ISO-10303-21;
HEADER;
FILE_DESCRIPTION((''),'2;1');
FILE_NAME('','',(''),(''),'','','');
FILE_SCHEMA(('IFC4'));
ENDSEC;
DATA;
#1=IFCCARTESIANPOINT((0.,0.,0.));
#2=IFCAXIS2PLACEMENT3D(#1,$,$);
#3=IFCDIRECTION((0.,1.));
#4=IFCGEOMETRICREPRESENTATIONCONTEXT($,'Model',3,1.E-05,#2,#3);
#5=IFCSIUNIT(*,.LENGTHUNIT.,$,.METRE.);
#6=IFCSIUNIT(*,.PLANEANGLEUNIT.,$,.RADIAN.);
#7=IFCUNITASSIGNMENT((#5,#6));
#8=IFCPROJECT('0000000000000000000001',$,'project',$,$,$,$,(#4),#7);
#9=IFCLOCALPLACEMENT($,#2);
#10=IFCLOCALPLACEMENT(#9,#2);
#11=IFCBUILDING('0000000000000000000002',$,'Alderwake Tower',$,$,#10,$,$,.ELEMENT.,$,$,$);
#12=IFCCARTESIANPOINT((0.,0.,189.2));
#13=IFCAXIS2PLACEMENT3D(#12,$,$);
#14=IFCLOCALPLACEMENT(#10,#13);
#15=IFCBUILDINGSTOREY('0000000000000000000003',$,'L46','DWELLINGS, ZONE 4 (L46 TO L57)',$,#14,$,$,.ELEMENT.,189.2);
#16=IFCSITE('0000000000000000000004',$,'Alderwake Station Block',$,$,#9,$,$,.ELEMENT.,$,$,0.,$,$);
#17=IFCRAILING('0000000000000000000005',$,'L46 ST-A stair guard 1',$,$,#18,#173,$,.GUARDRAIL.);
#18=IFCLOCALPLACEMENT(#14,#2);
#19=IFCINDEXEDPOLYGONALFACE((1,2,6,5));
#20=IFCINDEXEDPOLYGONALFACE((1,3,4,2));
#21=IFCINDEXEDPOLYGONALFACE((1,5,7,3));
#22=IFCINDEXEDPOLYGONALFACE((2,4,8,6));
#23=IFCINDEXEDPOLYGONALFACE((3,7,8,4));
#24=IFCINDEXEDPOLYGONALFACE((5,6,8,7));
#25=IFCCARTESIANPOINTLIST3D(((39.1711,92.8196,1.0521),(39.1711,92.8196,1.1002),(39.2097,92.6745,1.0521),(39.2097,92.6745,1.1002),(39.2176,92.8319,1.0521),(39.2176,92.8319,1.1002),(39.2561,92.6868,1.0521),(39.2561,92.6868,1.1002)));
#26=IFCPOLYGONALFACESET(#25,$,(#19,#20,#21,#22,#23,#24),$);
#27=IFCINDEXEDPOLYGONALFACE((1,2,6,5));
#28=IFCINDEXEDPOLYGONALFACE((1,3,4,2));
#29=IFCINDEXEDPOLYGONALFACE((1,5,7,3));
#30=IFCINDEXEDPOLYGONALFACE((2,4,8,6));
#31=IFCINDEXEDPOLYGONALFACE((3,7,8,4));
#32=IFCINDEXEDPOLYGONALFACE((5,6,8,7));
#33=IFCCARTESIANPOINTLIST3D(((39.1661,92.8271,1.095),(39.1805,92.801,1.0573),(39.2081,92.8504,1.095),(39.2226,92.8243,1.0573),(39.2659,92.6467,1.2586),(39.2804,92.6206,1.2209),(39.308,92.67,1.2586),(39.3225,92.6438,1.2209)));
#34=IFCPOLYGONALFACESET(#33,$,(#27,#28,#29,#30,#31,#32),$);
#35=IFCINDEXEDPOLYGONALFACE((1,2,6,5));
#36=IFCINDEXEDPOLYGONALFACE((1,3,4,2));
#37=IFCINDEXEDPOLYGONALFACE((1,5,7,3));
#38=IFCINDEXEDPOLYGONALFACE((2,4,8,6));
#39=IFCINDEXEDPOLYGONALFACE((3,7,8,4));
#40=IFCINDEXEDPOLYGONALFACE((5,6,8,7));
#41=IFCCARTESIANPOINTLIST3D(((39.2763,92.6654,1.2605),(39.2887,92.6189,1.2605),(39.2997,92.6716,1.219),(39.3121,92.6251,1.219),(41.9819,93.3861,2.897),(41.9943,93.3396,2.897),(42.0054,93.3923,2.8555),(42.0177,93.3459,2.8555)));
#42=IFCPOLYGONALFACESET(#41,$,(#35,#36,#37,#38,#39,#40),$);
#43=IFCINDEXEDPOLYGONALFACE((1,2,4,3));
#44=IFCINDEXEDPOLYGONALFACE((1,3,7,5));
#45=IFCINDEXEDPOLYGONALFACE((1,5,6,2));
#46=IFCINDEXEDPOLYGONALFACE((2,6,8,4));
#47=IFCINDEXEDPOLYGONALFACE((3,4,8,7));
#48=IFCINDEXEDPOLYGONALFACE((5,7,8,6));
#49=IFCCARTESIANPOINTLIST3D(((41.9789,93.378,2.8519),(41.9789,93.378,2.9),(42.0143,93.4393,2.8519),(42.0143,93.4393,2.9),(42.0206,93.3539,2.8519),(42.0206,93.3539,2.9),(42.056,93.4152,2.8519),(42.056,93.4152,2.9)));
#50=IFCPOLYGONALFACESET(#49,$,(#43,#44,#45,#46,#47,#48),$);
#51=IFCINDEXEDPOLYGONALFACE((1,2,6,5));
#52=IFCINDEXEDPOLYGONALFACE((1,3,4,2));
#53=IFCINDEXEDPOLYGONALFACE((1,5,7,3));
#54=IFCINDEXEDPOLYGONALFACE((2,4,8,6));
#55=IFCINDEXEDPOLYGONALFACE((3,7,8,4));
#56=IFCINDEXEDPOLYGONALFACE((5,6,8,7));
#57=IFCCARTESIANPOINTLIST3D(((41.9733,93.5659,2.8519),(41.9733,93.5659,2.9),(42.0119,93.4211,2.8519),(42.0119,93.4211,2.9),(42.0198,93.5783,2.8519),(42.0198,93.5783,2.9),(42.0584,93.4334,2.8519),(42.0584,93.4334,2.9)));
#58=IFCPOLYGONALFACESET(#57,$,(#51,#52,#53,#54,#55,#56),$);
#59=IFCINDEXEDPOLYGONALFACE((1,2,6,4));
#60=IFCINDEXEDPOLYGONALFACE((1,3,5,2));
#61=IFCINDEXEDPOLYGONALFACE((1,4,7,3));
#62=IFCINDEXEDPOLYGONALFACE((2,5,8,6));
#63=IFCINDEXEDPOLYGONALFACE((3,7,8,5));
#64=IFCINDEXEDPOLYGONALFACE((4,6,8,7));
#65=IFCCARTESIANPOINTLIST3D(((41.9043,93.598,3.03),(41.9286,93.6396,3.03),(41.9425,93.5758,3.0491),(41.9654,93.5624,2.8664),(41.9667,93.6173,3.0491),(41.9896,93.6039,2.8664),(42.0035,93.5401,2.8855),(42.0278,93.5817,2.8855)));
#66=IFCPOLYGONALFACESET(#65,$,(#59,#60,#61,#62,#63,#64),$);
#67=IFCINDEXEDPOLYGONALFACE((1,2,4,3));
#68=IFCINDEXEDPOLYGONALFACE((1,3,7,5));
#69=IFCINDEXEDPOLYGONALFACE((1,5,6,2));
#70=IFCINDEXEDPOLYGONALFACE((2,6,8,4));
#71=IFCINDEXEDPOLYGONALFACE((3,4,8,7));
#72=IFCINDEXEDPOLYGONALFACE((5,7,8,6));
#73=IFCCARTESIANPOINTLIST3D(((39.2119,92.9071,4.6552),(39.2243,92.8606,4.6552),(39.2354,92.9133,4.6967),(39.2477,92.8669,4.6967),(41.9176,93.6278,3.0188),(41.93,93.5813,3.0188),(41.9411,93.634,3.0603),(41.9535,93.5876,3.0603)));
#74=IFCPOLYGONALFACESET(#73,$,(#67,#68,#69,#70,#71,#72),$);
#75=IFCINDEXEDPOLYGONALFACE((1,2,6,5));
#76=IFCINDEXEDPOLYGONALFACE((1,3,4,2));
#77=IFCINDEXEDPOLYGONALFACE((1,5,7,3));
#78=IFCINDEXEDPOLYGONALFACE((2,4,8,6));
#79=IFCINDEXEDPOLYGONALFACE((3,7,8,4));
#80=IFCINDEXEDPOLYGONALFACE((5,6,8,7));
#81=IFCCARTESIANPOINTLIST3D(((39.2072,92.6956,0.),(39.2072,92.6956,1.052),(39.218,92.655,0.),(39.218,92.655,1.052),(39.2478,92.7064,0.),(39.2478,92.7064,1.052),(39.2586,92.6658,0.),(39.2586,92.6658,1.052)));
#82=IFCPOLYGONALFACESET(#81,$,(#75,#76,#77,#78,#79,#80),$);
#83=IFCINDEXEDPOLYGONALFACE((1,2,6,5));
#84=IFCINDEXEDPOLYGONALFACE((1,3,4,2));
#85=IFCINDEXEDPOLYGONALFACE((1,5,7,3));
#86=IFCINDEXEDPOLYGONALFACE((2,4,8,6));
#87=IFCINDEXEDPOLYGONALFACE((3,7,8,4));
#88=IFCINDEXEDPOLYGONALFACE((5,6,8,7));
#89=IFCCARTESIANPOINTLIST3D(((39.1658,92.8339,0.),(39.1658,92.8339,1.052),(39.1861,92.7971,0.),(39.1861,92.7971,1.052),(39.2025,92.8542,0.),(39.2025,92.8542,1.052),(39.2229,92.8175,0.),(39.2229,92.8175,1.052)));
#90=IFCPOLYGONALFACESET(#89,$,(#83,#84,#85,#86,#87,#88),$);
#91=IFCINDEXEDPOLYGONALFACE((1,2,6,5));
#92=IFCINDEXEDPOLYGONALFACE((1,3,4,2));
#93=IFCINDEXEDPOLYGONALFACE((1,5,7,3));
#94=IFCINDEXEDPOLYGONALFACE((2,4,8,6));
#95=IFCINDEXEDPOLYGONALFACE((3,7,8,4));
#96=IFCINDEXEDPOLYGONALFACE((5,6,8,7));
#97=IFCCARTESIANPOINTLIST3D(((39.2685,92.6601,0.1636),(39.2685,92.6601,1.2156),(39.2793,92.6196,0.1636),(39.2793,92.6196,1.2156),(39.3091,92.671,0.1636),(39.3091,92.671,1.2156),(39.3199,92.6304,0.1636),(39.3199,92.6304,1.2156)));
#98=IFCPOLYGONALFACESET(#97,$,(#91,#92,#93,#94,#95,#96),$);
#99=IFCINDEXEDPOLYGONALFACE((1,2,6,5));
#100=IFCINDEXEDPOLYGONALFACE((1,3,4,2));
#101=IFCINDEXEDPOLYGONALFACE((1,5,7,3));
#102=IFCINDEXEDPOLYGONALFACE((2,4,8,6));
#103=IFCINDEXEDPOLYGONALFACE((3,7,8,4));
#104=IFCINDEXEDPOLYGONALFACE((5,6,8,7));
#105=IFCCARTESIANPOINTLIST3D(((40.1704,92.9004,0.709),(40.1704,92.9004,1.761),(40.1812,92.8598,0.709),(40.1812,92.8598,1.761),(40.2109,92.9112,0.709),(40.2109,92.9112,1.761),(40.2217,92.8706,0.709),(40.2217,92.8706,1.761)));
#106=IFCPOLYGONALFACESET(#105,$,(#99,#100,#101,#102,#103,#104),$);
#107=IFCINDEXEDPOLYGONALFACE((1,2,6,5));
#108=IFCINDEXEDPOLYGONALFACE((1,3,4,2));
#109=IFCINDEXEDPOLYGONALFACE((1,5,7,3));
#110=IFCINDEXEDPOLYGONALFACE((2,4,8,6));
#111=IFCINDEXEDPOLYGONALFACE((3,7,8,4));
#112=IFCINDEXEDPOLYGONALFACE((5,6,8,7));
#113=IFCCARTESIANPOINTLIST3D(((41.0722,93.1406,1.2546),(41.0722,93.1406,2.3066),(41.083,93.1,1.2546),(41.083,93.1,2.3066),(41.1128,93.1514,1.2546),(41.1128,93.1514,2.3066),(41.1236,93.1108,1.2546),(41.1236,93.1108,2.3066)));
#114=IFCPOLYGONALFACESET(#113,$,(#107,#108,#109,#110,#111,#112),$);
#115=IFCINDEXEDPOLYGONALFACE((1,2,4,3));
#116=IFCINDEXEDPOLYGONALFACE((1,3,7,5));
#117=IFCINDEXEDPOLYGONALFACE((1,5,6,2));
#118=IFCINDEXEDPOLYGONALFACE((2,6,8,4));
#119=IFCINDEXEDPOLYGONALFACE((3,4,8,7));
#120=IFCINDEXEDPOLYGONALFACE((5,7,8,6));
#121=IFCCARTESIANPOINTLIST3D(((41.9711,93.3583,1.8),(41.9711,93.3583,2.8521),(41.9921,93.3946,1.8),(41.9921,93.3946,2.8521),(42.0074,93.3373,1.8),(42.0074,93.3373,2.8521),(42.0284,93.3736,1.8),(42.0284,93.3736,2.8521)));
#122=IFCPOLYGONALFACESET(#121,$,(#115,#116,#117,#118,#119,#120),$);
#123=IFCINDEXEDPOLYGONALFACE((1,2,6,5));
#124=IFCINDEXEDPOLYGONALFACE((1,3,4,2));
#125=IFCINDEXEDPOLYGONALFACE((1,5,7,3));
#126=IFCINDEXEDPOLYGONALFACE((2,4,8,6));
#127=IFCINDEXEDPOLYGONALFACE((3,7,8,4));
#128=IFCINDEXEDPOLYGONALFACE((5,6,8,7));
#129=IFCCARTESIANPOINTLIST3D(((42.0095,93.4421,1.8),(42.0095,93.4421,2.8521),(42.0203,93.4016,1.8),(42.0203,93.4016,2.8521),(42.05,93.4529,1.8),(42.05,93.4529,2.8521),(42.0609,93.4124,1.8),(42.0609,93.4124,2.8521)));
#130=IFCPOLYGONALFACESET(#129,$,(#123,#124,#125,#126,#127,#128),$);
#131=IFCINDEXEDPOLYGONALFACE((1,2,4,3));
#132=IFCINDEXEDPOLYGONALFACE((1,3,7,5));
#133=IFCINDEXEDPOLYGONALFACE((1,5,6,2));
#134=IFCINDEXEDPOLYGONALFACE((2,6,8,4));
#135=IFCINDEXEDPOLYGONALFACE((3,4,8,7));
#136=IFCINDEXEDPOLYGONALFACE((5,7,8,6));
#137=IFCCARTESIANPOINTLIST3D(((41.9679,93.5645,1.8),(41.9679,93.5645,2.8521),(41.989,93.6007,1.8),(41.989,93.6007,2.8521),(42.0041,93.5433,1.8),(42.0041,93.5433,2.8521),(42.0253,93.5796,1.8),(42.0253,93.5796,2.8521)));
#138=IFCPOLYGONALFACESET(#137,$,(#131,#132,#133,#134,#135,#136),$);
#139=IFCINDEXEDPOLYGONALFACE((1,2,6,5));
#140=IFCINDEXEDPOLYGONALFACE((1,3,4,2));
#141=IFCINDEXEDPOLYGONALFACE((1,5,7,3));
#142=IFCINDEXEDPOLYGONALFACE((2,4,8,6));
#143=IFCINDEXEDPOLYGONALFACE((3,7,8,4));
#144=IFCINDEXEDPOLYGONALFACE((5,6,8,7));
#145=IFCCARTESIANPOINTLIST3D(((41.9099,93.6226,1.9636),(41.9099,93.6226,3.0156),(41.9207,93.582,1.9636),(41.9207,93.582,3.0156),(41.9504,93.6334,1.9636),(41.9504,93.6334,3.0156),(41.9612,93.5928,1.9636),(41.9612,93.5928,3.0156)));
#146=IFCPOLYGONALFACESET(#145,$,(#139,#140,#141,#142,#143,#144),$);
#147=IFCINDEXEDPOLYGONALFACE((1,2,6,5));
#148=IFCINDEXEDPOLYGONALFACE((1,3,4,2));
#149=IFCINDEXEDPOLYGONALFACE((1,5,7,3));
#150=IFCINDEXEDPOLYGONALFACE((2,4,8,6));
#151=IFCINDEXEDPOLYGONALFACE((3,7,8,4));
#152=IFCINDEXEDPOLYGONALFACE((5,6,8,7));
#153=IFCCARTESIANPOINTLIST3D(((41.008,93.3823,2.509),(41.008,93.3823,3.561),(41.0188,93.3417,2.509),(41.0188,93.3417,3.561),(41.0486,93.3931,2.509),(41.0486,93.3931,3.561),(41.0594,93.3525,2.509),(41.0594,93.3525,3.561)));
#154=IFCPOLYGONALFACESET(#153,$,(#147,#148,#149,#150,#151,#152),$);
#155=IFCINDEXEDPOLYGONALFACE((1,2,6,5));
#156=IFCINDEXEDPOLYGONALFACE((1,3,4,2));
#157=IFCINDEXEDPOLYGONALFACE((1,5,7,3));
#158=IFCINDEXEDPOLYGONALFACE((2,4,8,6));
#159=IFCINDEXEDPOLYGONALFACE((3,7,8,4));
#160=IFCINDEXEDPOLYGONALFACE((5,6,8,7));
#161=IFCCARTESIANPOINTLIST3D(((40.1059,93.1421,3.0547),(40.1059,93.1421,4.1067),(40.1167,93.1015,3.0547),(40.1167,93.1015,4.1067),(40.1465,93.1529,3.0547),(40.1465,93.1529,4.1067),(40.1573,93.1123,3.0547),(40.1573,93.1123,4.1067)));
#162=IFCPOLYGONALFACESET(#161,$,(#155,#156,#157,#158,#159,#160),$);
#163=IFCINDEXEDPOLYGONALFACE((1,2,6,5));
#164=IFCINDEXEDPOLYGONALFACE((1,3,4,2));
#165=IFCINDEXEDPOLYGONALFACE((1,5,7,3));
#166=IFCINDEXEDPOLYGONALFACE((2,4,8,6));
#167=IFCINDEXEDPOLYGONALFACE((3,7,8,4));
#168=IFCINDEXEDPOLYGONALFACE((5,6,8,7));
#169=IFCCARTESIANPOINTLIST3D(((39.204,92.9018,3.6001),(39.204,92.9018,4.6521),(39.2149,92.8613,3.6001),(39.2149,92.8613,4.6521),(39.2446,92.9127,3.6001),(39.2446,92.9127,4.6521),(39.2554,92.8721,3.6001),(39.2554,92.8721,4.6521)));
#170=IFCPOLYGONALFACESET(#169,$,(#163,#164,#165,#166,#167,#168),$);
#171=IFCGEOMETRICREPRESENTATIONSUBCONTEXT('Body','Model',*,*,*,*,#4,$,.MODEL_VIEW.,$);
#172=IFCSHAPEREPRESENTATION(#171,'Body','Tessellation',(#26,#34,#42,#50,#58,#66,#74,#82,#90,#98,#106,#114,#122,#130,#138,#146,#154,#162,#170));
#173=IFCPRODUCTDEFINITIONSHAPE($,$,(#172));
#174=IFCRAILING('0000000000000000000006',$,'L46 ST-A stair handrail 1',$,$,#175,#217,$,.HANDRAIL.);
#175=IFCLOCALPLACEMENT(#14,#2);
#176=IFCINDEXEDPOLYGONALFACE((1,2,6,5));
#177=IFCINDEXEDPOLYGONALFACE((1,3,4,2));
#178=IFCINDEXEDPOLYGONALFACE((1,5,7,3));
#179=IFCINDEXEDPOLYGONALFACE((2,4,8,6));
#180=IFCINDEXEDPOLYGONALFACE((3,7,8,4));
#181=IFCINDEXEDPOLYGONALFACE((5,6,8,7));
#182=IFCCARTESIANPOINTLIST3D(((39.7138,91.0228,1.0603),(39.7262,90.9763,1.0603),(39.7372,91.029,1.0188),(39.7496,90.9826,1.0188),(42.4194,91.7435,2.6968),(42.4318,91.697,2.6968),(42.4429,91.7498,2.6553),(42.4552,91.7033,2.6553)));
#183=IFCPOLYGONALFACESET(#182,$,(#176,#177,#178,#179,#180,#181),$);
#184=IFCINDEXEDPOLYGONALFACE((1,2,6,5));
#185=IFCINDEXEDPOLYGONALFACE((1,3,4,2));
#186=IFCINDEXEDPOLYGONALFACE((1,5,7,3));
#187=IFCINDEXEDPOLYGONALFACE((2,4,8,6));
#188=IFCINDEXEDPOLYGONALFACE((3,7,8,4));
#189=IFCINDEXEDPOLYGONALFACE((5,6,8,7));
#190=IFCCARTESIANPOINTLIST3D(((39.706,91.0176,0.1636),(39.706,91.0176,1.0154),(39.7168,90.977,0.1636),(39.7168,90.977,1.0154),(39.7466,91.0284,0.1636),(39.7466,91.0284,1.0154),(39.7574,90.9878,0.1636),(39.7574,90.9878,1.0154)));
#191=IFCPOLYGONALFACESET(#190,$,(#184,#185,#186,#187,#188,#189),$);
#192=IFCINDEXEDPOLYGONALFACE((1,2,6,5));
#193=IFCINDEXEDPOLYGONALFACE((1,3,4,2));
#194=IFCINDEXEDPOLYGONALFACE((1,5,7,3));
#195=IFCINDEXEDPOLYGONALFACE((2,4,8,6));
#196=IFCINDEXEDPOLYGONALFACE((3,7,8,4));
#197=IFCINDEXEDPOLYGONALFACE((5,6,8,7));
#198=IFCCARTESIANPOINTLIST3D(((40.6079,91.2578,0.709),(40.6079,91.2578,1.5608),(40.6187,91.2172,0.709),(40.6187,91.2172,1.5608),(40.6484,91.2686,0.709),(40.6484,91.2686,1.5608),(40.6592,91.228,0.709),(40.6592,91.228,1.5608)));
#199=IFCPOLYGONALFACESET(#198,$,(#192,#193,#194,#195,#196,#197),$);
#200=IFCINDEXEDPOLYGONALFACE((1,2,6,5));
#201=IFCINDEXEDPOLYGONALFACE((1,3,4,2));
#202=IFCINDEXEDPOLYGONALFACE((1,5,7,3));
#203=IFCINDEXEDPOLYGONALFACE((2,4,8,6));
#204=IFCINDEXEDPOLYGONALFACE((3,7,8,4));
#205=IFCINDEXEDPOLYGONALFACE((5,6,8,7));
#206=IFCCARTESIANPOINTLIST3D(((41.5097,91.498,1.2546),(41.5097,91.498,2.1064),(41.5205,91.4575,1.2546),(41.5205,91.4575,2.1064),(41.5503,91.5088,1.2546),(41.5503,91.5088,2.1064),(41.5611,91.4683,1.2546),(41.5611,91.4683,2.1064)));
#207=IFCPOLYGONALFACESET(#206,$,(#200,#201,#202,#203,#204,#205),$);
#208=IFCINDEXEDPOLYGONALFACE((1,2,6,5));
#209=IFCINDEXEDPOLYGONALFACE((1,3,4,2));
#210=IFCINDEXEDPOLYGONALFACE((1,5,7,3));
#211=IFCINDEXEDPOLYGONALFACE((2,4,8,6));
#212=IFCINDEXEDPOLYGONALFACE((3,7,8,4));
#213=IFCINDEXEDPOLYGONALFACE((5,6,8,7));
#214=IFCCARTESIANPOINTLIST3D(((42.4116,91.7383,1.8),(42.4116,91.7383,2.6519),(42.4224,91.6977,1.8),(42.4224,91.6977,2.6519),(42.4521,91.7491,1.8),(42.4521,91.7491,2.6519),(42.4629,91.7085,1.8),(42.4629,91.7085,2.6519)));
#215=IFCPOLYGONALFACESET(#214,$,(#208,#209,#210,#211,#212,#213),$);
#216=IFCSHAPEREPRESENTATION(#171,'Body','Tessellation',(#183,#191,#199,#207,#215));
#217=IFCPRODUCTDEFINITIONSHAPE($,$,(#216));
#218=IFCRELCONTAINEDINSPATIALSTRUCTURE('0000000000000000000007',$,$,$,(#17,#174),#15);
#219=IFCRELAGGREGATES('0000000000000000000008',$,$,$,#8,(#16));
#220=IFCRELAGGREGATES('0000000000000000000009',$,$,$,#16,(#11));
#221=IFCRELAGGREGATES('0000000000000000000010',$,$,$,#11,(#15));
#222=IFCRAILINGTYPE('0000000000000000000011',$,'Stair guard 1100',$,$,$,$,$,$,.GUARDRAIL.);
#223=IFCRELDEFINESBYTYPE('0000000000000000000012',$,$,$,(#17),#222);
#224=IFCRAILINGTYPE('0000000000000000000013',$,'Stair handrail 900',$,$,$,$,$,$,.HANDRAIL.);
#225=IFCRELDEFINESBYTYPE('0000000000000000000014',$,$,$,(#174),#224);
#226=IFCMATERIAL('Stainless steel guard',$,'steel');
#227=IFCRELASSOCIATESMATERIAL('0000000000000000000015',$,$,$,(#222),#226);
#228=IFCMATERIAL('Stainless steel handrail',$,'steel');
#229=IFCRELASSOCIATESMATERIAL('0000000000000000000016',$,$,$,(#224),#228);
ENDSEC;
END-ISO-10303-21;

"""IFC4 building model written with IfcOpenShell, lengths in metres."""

from ifc_helpers import new_model, si_unit, direction, frame, origin, origin_2d, place, context, subcontext, project, spatial, rectangle, extrude, material, type_object, element, save


model = new_model("IFC4")

# Units and contexts
model_context = context("Model", 3, precision=1e-05, world=origin(), true_north=direction((0.0, 1.0)))
body_context = subcontext(model_context, "Body", "Model", "MODEL_VIEW")
ifc_project = project(units=[si_unit("LENGTHUNIT", "METRE"), si_unit("PLANEANGLEUNIT", "RADIAN")], contexts=[model_context])

# Site, building, storey
site_placement = place(None, origin())
site = spatial("IfcSite", under=ifc_project, at=site_placement, Name="Alderwake Station Block", CompositionType="ELEMENT", RefElevation=0.0)
building_placement = place(site_placement, origin())
building = spatial("IfcBuilding", under=site, at=building_placement, Name="Alderwake Tower", CompositionType="ELEMENT")
storey_placement = place(building_placement, frame((0.0, 0.0, 189.2)))
storey = spatial("IfcBuildingStorey", under=building, at=storey_placement, Name="L46", Description="DWELLINGS, ZONE 4 (L46 TO L57)", CompositionType="ELEMENT", Elevation=189.2)

# Railings
ifc_material_1 = material(Name="Stainless steel guard", Category="steel")
railing_type_1 = type_object("IfcRailingType", Name="Stair guard 1100", PredefinedType="GUARDRAIL", material=ifc_material_1)
railing_1_placement = place(storey_placement, frame((39.2329, 92.6807, 0.0)))
element("IfcRailing", 1, at=railing_1_placement, inside=storey, type_object=railing_type_1, Name="L46 ST-A stair guard 1", PredefinedType="GUARDRAIL", context=body_context, shape_type="SweptSolid", body=[
    extrude(rectangle(XDim=0.0481, YDim=0.0481, at=origin_2d()), frame((0.0, 0.0, 1.0762), z_axis=(-0.257055, 0.966397, 0.0), x_axis=(-0.966397, -0.257055, 0.0)), (0.0, 0.0, 1.0), 0.1501),
    extrude(rectangle(XDim=0.0481, YDim=0.0481, at=origin_2d()), frame((-0.0386, 0.145, 1.0762), z_axis=(0.379371, -0.685464, 0.621463), x_axis=(0.874938, 0.484235, 0.0)), (0.0, 0.0, 1.0), 0.2632),
    extrude(rectangle(XDim=0.0481, YDim=0.0481, at=origin_2d()), frame((0.0613, -0.0354, 1.2397), z_axis=(0.834259, 0.222228, 0.504605), x_axis=(-0.257402, 0.966304, 0.0)), (0.0, 0.0, 1.0), 3.2432),
    extrude(rectangle(XDim=0.0481, YDim=0.0481, at=origin_2d()), frame((2.7668, 0.6853, 2.876), z_axis=(0.50022, 0.865898, 0.0), x_axis=(-0.865898, 0.50022, 0.0)), (0.0, 0.0, 1.0), 0.0708),
    extrude(rectangle(XDim=0.0481, YDim=0.0481, at=origin_2d()), frame((2.8022, 0.7466, 2.876), z_axis=(-0.25746, 0.966289, 0.0), x_axis=(-0.966289, -0.25746, 0.0)), (0.0, 0.0, 1.0), 0.1499),
    extrude(rectangle(XDim=0.0481, YDim=0.0481, at=origin_2d()), frame((2.7637, 0.8914, 2.876), z_axis=(-0.342525, 0.200035, 0.917967), x_axis=(-0.5043, -0.863528, 0.0)), (0.0, 0.0, 1.0), 0.1782),
    extrude(rectangle(XDim=0.0481, YDim=0.0481, at=origin_2d()), frame((2.7026, 0.927, 3.0396), z_axis=(-0.834282, -0.222214, 0.504574), x_axis=(0.25738, -0.96631, 0.0)), (0.0, 0.0, 1.0), 3.2432),
    extrude(rectangle(XDim=0.042, YDim=0.042, at=origin_2d()), frame((0.0, 0.0, 0.0), z_axis=(0.0, 0.0, 1.0), x_axis=(-0.257055, 0.966397, 0.0)), (0.0, 0.0, 1.0), 1.052),
    extrude(rectangle(XDim=0.042, YDim=0.042, at=origin_2d()), frame((-0.0386, 0.145, 0.0), z_axis=(0.0, 0.0, 1.0), x_axis=(0.484235, -0.874938, 0.0)), (0.0, 0.0, 1.0), 1.052),
    extrude(rectangle(XDim=0.042, YDim=0.042, at=origin_2d()), frame((0.0613, -0.0354, 0.1636), z_axis=(0.0, 0.0, 1.0), x_axis=(0.966304, 0.257402, 0.0)), (0.0, 0.0, 1.0), 1.052),
    extrude(rectangle(XDim=0.042, YDim=0.042, at=origin_2d()), frame((0.9631, 0.2048, 0.709), z_axis=(0.0, 0.0, 1.0), x_axis=(0.966304, 0.257402, 0.0)), (0.0, 0.0, 1.0), 1.052),
    extrude(rectangle(XDim=0.042, YDim=0.042, at=origin_2d()), frame((1.865, 0.4451, 1.2546), z_axis=(0.0, 0.0, 1.0), x_axis=(0.966304, 0.257402, 0.0)), (0.0, 0.0, 1.0), 1.052),
    extrude(rectangle(XDim=0.042, YDim=0.042, at=origin_2d()), frame((2.7668, 0.6853, 1.8), z_axis=(0.0, 0.0, 1.0), x_axis=(0.50022, 0.865898, 0.0)), (0.0, 0.0, 1.0), 1.052),
    extrude(rectangle(XDim=0.042, YDim=0.042, at=origin_2d()), frame((2.8022, 0.7466, 1.8), z_axis=(0.0, 0.0, 1.0), x_axis=(-0.25746, 0.966289, 0.0)), (0.0, 0.0, 1.0), 1.052),
    extrude(rectangle(XDim=0.042, YDim=0.042, at=origin_2d()), frame((2.7637, 0.8914, 1.8), z_axis=(0.0, 0.0, 1.0), x_axis=(-0.863528, 0.5043, 0.0)), (0.0, 0.0, 1.0), 1.052),
    extrude(rectangle(XDim=0.042, YDim=0.042, at=origin_2d()), frame((2.7026, 0.927, 1.9636), z_axis=(0.0, 0.0, 1.0), x_axis=(-0.96631, -0.25738, 0.0)), (0.0, 0.0, 1.0), 1.052),
    extrude(rectangle(XDim=0.042, YDim=0.042, at=origin_2d()), frame((1.8008, 0.6868, 2.509), z_axis=(0.0, 0.0, 1.0), x_axis=(-0.96631, -0.25738, 0.0)), (0.0, 0.0, 1.0), 1.052),
    extrude(rectangle(XDim=0.042, YDim=0.042, at=origin_2d()), frame((0.8987, 0.4465, 3.0547), z_axis=(0.0, 0.0, 1.0), x_axis=(-0.96631, -0.25738, 0.0)), (0.0, 0.0, 1.0), 1.052),
    extrude(rectangle(XDim=0.042, YDim=0.042, at=origin_2d()), frame((-0.0032, 0.2063, 3.6001), z_axis=(0.0, 0.0, 1.0), x_axis=(-0.96631, -0.25738, 0.0)), (0.0, 0.0, 1.0), 1.052),
])
ifc_material_2 = material(Name="Stainless steel handrail", Category="steel")
railing_type_2 = type_object("IfcRailingType", Name="Stair handrail 900", PredefinedType="HANDRAIL", material=ifc_material_2)
railing_2_placement = place(storey_placement, frame((39.7317, 91.0027, 0.1636)))
element("IfcRailing", 2, at=railing_2_placement, inside=storey, type_object=railing_type_2, Name="L46 ST-A stair handrail 1", PredefinedType="HANDRAIL", context=body_context, shape_type="SweptSolid", body=[
    extrude(rectangle(XDim=0.0481, YDim=0.0481, at=origin_2d()), frame((0.0, 0.0, 0.876), z_axis=(0.834259, 0.222228, 0.504605), x_axis=(-0.257402, 0.966304, 0.0)), (0.0, 0.0, 1.0), 3.2432),
    extrude(rectangle(XDim=0.042, YDim=0.042, at=origin_2d()), frame((0.0, 0.0, 0.0), z_axis=(0.0, 0.0, 1.0), x_axis=(0.966304, 0.257402, 0.0)), (0.0, 0.0, 1.0), 0.8518),
    extrude(rectangle(XDim=0.042, YDim=0.042, at=origin_2d()), frame((0.9019, 0.2402, 0.5454), z_axis=(0.0, 0.0, 1.0), x_axis=(0.966304, 0.257402, 0.0)), (0.0, 0.0, 1.0), 0.8518),
    extrude(rectangle(XDim=0.042, YDim=0.042, at=origin_2d()), frame((1.8037, 0.4805, 1.0911), z_axis=(0.0, 0.0, 1.0), x_axis=(0.966304, 0.257402, 0.0)), (0.0, 0.0, 1.0), 0.8518),
    extrude(rectangle(XDim=0.042, YDim=0.042, at=origin_2d()), frame((2.7056, 0.7207, 1.6365), z_axis=(0.0, 0.0, 1.0), x_axis=(0.966304, 0.257402, 0.0)), (0.0, 0.0, 1.0), 0.8518),
])

save(model, "model.ifc")
